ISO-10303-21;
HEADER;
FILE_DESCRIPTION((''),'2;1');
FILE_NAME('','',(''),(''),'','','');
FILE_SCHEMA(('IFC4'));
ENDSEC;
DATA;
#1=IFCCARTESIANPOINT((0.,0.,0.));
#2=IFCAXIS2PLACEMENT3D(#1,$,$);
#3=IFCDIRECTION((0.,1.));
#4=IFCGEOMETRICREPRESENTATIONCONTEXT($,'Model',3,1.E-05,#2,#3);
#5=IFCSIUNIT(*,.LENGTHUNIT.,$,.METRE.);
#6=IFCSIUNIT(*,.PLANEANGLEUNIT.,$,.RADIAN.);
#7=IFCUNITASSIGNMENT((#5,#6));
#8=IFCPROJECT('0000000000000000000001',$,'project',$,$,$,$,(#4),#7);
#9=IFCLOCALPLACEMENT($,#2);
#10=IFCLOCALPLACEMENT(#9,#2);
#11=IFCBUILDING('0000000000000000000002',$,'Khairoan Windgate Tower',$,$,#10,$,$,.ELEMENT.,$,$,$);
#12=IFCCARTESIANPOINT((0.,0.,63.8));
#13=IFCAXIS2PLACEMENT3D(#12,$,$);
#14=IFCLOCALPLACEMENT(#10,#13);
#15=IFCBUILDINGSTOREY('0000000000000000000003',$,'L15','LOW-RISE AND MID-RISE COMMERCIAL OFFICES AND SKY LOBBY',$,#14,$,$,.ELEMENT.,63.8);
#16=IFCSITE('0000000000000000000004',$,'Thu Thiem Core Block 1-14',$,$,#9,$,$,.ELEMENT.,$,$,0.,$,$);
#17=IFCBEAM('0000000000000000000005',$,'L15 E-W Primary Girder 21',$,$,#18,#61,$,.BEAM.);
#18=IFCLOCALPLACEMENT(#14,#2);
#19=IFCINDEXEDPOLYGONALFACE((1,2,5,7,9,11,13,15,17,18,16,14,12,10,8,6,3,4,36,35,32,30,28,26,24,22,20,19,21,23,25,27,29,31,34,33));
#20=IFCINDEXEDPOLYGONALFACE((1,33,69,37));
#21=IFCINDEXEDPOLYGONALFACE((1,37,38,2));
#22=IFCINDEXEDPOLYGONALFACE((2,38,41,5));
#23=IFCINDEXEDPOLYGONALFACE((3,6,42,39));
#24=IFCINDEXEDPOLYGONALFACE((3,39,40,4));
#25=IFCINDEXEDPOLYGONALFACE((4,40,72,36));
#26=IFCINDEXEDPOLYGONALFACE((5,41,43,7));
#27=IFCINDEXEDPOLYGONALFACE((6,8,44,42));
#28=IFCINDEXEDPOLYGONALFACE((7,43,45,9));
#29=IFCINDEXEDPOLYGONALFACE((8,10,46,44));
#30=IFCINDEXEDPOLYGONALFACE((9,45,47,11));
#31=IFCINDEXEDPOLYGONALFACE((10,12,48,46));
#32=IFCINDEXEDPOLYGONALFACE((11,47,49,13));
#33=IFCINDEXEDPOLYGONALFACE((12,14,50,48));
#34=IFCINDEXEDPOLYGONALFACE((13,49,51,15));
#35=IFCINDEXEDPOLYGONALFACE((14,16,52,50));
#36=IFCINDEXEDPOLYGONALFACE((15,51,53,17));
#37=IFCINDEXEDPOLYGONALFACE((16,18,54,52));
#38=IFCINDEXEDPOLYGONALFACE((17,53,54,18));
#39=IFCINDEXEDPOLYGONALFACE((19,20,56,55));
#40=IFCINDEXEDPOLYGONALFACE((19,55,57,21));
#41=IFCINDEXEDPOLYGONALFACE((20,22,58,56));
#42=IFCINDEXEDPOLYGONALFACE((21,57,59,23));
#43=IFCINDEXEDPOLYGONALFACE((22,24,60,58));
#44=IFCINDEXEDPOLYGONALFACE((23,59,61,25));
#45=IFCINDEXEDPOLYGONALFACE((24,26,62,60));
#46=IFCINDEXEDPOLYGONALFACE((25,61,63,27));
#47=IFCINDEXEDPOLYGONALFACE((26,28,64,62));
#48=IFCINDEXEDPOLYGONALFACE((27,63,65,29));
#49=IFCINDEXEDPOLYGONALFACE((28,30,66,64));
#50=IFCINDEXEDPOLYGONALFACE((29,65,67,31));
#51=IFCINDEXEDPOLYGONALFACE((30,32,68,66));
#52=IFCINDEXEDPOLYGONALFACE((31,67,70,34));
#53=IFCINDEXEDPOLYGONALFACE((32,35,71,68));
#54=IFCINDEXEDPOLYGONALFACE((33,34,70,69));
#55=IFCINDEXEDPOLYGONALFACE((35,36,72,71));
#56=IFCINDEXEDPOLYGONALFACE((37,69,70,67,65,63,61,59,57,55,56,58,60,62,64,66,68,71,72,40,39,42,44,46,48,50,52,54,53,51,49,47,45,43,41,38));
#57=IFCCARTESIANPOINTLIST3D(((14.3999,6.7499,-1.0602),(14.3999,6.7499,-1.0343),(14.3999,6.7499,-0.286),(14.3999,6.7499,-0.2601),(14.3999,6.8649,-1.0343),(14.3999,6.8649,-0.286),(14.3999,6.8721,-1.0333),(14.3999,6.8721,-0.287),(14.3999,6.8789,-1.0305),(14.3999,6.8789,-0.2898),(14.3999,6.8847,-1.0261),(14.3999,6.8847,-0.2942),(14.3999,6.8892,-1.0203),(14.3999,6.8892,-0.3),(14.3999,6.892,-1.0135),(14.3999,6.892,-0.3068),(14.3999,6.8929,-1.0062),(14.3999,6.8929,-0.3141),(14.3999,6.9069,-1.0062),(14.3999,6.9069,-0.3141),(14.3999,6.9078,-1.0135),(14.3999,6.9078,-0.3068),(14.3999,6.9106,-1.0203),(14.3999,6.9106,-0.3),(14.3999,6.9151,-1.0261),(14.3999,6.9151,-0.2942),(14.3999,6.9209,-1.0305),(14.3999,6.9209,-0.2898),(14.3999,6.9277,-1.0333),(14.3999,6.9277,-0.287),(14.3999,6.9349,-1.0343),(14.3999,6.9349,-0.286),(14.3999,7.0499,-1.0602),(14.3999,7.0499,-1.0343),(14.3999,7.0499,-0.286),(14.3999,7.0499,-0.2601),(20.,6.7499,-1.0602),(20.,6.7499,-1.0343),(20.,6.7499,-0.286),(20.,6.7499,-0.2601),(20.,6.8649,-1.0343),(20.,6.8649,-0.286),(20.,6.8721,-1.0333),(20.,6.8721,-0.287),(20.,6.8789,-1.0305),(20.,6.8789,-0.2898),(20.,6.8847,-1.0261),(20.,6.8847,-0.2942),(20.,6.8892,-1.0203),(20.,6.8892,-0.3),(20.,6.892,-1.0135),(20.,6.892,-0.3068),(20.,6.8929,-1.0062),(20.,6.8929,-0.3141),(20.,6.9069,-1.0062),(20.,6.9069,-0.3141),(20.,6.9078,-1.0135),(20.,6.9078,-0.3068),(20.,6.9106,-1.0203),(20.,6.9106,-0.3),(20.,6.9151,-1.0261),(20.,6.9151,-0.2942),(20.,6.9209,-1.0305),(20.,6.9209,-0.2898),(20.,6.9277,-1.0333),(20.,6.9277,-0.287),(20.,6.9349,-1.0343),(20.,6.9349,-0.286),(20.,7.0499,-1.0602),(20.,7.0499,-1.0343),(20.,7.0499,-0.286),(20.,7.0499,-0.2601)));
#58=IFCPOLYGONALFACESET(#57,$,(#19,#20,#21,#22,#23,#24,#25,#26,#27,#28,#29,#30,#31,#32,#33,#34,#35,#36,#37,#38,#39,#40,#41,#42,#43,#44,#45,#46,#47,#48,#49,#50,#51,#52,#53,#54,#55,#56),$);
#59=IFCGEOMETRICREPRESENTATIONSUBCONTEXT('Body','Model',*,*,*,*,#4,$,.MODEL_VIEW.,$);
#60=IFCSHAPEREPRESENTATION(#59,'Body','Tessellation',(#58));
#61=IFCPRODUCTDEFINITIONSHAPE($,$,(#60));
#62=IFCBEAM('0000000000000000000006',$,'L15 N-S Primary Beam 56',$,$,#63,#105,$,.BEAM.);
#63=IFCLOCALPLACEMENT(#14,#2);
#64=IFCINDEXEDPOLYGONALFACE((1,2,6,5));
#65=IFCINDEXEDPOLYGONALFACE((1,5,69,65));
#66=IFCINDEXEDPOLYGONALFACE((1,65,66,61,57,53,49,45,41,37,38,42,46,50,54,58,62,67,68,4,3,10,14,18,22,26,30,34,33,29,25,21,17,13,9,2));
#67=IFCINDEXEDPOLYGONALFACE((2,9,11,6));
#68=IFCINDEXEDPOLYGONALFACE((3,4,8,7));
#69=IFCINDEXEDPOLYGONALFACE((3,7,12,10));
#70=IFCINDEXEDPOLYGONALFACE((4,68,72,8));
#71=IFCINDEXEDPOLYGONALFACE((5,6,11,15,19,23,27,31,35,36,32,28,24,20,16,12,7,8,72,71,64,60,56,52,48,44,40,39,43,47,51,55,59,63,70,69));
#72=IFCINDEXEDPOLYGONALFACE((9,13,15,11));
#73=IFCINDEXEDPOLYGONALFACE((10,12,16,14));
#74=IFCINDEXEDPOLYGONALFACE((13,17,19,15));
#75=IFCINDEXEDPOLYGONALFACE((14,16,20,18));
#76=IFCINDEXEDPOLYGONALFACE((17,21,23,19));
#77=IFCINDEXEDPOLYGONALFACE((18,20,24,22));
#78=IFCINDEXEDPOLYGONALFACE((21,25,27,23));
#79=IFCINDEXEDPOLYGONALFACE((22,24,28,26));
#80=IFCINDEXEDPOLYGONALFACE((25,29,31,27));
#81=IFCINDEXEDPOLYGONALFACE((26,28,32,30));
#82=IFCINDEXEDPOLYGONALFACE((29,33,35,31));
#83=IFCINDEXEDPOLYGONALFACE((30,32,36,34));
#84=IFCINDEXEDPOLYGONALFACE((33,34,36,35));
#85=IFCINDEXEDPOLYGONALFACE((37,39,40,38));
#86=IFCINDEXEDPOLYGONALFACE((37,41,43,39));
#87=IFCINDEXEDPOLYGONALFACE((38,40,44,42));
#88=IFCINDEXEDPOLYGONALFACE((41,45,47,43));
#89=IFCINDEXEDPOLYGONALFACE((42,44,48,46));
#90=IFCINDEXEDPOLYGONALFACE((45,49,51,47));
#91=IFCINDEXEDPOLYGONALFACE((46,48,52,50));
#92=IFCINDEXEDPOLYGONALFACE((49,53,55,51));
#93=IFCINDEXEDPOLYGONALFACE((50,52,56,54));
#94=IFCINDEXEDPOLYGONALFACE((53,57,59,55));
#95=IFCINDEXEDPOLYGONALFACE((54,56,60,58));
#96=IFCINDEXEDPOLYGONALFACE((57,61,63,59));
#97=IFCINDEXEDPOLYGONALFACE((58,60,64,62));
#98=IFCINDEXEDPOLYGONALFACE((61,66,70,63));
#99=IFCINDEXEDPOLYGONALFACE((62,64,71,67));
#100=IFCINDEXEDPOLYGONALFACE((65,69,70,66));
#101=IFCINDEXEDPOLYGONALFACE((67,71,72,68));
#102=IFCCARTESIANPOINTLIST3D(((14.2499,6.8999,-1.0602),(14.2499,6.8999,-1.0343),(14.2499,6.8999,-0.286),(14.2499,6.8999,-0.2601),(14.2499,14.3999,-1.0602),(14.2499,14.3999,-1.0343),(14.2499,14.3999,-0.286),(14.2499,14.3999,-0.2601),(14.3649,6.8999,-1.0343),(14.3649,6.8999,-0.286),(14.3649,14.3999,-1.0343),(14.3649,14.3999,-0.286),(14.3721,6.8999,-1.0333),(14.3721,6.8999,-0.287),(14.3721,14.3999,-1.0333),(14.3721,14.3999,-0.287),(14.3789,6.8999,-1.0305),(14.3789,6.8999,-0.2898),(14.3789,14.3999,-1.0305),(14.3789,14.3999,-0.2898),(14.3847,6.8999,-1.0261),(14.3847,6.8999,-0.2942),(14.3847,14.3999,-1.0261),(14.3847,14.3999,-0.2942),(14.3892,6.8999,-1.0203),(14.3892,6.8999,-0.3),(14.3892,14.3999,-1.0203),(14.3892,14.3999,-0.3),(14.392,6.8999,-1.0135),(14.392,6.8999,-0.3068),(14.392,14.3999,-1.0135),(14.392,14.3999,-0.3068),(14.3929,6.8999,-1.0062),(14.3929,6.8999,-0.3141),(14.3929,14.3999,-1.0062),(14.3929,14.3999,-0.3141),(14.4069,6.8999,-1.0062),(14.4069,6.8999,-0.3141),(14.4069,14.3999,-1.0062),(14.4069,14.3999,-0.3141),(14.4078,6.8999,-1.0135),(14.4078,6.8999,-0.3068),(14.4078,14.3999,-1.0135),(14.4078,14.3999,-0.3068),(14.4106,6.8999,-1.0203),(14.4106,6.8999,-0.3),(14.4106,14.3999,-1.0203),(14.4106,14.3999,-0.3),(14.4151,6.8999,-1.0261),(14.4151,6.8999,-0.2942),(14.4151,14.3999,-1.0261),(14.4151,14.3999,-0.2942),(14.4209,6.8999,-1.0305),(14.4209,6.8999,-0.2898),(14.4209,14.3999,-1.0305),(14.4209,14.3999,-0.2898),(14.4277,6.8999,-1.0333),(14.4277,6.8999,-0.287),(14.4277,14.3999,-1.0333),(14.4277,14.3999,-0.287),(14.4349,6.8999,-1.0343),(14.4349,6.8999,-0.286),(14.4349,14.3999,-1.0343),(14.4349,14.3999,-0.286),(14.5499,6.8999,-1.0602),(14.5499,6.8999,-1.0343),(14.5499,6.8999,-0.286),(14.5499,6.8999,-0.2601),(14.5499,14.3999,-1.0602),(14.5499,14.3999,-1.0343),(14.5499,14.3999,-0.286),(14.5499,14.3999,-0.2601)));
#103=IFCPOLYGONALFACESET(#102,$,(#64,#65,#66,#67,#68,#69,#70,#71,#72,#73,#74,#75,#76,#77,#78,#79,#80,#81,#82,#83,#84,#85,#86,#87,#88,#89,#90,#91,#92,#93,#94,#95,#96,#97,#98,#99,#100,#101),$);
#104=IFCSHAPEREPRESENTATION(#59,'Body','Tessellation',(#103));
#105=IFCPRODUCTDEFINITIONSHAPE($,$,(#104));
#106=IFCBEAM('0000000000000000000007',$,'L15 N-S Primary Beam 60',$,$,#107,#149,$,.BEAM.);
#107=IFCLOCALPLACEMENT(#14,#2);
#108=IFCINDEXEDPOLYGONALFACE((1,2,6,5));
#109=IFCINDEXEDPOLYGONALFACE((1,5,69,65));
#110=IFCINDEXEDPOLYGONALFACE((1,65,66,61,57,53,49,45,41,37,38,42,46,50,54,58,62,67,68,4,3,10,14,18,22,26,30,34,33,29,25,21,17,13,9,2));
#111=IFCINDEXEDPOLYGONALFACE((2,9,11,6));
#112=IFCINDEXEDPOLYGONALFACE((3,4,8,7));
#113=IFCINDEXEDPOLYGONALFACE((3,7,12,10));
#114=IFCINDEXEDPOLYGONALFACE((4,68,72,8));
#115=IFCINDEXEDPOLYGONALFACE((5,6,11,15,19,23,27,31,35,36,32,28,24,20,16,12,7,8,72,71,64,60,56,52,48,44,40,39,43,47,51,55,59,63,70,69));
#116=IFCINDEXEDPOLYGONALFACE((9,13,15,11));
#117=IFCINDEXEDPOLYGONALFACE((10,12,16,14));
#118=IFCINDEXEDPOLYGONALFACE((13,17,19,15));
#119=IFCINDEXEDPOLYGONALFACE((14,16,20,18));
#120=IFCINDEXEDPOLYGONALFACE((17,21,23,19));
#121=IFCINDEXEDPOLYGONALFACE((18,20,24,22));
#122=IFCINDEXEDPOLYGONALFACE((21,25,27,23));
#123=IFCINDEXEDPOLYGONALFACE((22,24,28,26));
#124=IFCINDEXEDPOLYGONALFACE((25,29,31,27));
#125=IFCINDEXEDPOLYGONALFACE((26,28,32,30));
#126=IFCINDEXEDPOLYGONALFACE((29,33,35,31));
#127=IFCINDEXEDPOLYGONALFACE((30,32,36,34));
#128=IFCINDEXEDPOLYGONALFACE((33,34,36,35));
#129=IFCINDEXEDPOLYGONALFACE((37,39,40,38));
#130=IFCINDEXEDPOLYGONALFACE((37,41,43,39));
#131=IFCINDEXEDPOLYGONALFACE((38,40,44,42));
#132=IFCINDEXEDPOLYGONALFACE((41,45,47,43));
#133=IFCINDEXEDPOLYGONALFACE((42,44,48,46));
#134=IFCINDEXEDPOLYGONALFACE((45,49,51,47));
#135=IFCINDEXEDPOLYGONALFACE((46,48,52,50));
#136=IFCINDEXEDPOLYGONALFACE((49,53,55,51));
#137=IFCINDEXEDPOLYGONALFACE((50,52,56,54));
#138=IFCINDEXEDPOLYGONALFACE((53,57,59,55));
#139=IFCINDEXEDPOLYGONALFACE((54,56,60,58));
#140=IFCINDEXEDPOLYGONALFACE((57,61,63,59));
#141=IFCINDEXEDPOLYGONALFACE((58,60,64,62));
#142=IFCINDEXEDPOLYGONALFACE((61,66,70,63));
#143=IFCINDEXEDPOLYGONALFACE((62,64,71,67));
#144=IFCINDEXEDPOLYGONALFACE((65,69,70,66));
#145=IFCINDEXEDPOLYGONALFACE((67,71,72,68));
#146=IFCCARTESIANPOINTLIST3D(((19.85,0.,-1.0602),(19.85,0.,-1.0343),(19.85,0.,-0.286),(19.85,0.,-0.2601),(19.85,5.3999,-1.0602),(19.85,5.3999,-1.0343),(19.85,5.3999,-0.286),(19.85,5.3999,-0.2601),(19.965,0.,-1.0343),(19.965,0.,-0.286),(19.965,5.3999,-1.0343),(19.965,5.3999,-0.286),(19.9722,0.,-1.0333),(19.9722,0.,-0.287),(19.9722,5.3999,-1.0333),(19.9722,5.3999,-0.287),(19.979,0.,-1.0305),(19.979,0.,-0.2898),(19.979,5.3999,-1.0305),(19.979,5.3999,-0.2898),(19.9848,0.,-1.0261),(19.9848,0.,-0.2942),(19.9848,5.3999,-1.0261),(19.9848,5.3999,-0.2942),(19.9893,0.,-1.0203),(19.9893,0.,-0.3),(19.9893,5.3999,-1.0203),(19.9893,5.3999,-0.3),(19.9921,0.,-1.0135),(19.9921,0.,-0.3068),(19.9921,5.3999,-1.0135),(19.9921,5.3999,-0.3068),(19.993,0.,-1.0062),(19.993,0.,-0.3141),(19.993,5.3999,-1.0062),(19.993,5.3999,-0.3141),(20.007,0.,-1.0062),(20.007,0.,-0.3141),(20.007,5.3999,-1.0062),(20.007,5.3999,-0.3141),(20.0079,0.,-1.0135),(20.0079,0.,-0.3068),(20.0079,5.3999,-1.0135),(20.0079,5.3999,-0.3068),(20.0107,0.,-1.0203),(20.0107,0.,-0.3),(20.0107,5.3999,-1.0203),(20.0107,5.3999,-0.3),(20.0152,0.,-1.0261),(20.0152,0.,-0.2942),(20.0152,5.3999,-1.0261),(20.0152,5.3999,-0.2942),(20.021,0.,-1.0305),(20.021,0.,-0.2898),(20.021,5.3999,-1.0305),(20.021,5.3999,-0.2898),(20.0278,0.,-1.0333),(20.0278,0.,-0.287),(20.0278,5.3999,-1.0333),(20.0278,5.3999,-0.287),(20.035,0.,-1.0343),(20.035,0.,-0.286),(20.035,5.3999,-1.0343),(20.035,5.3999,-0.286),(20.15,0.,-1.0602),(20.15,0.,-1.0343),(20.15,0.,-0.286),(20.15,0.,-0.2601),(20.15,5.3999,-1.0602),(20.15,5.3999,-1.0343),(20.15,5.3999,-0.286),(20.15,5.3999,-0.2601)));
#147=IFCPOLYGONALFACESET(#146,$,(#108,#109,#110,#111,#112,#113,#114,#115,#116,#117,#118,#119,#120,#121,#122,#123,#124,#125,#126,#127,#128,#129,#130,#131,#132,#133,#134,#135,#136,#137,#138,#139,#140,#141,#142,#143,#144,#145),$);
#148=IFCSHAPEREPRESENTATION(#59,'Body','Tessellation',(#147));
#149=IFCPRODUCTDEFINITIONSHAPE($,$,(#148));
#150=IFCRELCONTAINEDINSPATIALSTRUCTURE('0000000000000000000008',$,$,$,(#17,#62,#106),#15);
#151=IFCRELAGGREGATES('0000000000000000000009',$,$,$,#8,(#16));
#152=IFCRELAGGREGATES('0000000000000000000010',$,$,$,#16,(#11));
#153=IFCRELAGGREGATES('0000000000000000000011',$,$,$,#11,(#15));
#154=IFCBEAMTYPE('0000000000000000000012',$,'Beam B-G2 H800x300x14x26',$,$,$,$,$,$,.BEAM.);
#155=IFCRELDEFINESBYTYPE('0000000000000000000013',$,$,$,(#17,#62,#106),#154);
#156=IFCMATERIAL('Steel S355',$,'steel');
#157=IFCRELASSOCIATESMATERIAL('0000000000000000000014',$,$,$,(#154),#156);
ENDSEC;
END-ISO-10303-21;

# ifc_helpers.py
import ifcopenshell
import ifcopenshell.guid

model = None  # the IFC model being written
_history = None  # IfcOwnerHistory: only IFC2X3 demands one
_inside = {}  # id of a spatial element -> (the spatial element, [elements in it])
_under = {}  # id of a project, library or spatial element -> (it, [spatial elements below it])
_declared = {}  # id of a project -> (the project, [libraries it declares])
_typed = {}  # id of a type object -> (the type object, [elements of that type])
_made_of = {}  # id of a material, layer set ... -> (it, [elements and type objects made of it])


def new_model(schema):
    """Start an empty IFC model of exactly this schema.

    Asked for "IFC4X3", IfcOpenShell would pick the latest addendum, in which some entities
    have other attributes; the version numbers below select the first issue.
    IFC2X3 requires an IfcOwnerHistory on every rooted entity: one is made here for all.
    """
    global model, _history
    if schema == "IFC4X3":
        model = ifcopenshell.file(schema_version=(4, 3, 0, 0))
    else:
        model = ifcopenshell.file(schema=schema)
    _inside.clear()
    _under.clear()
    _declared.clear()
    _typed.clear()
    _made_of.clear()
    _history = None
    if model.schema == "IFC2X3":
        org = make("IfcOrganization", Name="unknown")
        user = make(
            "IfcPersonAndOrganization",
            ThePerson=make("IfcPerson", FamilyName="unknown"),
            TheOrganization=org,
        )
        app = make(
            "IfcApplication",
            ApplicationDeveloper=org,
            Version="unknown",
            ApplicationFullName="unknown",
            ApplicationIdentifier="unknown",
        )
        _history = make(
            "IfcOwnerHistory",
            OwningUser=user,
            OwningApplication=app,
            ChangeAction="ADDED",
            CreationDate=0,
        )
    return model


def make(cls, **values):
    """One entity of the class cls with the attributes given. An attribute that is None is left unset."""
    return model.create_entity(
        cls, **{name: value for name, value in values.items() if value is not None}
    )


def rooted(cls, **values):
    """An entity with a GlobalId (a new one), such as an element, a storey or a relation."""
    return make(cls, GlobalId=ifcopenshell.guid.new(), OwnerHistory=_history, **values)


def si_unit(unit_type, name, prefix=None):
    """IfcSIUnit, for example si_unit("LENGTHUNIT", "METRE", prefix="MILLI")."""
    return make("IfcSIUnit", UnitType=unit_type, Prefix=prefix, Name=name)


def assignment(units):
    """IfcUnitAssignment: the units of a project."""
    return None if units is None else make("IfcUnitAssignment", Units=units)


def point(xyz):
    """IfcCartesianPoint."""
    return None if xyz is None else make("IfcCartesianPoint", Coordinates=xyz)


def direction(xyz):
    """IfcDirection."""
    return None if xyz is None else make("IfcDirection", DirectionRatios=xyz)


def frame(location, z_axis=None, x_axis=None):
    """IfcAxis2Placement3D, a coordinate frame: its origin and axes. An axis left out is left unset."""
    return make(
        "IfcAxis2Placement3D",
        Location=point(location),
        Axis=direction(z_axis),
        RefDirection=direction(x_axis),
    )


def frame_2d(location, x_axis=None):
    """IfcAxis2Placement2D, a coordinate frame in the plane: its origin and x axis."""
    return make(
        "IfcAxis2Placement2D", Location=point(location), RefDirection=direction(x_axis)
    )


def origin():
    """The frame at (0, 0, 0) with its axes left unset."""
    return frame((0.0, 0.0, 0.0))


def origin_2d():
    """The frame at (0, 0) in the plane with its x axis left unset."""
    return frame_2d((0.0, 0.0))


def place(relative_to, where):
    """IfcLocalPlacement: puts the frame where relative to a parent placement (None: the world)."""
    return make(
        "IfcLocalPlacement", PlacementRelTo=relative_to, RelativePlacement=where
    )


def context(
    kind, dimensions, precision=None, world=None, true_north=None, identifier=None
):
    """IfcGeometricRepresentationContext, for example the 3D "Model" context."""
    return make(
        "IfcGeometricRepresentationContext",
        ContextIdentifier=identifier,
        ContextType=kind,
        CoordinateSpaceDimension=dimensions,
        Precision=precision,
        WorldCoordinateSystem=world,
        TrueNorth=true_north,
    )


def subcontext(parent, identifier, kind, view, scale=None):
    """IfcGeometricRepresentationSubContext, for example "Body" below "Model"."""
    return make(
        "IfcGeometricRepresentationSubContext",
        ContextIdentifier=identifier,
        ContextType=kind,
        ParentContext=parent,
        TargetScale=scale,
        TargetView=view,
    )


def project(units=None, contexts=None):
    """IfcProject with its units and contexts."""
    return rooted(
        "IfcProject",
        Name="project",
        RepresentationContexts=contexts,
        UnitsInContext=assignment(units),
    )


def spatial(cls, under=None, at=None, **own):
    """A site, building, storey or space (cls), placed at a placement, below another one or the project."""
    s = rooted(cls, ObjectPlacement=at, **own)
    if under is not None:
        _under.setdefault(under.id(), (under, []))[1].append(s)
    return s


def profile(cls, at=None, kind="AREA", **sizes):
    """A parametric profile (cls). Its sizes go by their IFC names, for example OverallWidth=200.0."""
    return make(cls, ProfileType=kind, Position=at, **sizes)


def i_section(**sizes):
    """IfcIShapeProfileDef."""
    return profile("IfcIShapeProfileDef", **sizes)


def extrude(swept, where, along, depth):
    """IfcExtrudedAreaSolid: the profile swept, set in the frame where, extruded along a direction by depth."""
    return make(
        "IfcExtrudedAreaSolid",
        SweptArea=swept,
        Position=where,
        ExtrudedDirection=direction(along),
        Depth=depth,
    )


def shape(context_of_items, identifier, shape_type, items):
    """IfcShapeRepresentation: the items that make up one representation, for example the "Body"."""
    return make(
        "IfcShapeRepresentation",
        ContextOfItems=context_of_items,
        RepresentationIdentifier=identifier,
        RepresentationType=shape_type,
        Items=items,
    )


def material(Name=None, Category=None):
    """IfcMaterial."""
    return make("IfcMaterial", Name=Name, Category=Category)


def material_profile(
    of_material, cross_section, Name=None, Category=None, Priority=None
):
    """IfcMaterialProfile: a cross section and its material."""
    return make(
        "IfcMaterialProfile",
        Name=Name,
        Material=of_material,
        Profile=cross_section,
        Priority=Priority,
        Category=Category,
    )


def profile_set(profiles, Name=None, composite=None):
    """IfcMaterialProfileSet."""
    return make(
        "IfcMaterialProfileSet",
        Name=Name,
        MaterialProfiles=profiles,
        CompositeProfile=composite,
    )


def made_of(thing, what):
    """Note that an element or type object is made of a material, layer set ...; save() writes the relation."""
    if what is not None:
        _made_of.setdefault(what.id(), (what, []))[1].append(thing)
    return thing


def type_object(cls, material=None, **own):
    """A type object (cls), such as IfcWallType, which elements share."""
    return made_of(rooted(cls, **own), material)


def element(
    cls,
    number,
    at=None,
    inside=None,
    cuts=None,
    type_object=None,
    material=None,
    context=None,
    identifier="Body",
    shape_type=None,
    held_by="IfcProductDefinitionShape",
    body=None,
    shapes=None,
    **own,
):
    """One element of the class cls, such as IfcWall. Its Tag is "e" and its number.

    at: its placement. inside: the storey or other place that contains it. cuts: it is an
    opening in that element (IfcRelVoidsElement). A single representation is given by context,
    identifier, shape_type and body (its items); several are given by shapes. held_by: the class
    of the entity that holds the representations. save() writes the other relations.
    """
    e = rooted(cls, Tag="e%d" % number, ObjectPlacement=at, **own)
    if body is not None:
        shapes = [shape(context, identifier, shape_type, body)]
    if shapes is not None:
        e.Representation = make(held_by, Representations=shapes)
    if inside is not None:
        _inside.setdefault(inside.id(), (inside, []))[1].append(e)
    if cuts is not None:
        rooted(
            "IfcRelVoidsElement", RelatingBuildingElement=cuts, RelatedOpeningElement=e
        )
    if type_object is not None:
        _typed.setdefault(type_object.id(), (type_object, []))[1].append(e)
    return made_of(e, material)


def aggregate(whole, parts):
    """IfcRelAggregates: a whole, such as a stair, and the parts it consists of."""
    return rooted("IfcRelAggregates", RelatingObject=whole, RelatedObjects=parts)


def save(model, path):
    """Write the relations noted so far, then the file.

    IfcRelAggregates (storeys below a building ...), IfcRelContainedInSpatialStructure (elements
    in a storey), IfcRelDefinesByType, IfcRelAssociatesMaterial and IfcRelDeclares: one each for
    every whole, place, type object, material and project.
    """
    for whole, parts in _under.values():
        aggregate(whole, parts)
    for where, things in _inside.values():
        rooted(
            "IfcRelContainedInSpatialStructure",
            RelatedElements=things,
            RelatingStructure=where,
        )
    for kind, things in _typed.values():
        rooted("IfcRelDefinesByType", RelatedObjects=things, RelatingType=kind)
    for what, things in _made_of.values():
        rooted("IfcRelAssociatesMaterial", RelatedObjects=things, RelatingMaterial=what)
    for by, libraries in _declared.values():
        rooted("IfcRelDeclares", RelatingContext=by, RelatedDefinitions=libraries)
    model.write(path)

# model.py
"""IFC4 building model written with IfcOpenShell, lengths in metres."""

from ifc_helpers import new_model, si_unit, direction, frame, origin, origin_2d, place, context, subcontext, project, spatial, i_section, extrude, material, material_profile, profile_set, type_object, element, save


model = new_model("IFC4")

# Units and contexts
model_context = context("Model", 3, precision=1e-05, world=origin(), true_north=direction((0.0, 1.0)))
body_context = subcontext(model_context, "Body", "Model", "MODEL_VIEW")
ifc_project = project(units=[si_unit("LENGTHUNIT", "METRE"), si_unit("PLANEANGLEUNIT", "RADIAN")], contexts=[model_context])

# Site, building, storey
site_placement = place(None, origin())
site = spatial("IfcSite", under=ifc_project, at=site_placement, Name="Thu Thiem Core Block 1-14", CompositionType="ELEMENT", RefElevation=0.0)
building_placement = place(site_placement, origin())
building = spatial("IfcBuilding", under=site, at=building_placement, Name="Khairoan Windgate Tower", CompositionType="ELEMENT")
storey_placement = place(building_placement, frame((0.0, 0.0, 63.8)))
storey = spatial("IfcBuildingStorey", under=building, at=storey_placement, Name="L15", Description="LOW-RISE AND MID-RISE COMMERCIAL OFFICES AND SKY LOBBY", CompositionType="ELEMENT", Elevation=63.8)

# Beams
ifc_material_1 = material(Name="Steel S355", Category="steel")
ifc_material_profile_1 = material_profile(ifc_material_1, i_section(OverallWidth=0.3, OverallDepth=0.8, WebThickness=0.0139, FlangeThickness=0.0259, FilletRadius=0.0281, at=origin_2d()))
ifc_profile_set_1 = profile_set([ifc_material_profile_1], Name="Steel S355")
beam_type_1 = type_object("IfcBeamType", Name="Beam B-G2 H800x300x14x26", PredefinedType="BEAM", material=ifc_profile_set_1)
beam_1_placement = place(storey_placement, frame((14.3999, 6.8999, -0.6602), z_axis=(1.0, 0.0, 0.0), x_axis=(0.0, 1.0, 0.0)))
element("IfcBeam", 1, at=beam_1_placement, inside=storey, type_object=beam_type_1, Name="L15 E-W Primary Girder 21", PredefinedType="BEAM", context=body_context, shape_type="SweptSolid", body=[
    extrude(i_section(OverallWidth=0.3, OverallDepth=0.8, WebThickness=0.0139, FlangeThickness=0.0259, FilletRadius=0.0281, at=origin_2d()), origin(), (0.0, 0.0, 1.0), 5.6001),
])
beam_2_placement = place(storey_placement, frame((14.3999, 6.8999, -0.6602), z_axis=(0.0, 1.0, 0.0), x_axis=(-1.0, 0.0, 0.0)))
element("IfcBeam", 2, at=beam_2_placement, inside=storey, type_object=beam_type_1, Name="L15 N-S Primary Beam 56", PredefinedType="BEAM", context=body_context, shape_type="SweptSolid", body=[
    extrude(i_section(OverallWidth=0.3, OverallDepth=0.8, WebThickness=0.0139, FlangeThickness=0.0259, FilletRadius=0.0281, at=origin_2d()), origin(), (0.0, 0.0, 1.0), 7.5),
])
beam_3_placement = place(storey_placement, frame((20.0, 0.0, -0.6602), z_axis=(0.0, 1.0, 0.0), x_axis=(-1.0, 0.0, 0.0)))
element("IfcBeam", 3, at=beam_3_placement, inside=storey, type_object=beam_type_1, Name="L15 N-S Primary Beam 60", PredefinedType="BEAM", context=body_context, shape_type="SweptSolid", body=[
    extrude(i_section(OverallWidth=0.3, OverallDepth=0.8, WebThickness=0.0139, FlangeThickness=0.0259, FilletRadius=0.0281, at=origin_2d()), origin(), (0.0, 0.0, 1.0), 5.3999),
])

save(model, "model.ifc")
